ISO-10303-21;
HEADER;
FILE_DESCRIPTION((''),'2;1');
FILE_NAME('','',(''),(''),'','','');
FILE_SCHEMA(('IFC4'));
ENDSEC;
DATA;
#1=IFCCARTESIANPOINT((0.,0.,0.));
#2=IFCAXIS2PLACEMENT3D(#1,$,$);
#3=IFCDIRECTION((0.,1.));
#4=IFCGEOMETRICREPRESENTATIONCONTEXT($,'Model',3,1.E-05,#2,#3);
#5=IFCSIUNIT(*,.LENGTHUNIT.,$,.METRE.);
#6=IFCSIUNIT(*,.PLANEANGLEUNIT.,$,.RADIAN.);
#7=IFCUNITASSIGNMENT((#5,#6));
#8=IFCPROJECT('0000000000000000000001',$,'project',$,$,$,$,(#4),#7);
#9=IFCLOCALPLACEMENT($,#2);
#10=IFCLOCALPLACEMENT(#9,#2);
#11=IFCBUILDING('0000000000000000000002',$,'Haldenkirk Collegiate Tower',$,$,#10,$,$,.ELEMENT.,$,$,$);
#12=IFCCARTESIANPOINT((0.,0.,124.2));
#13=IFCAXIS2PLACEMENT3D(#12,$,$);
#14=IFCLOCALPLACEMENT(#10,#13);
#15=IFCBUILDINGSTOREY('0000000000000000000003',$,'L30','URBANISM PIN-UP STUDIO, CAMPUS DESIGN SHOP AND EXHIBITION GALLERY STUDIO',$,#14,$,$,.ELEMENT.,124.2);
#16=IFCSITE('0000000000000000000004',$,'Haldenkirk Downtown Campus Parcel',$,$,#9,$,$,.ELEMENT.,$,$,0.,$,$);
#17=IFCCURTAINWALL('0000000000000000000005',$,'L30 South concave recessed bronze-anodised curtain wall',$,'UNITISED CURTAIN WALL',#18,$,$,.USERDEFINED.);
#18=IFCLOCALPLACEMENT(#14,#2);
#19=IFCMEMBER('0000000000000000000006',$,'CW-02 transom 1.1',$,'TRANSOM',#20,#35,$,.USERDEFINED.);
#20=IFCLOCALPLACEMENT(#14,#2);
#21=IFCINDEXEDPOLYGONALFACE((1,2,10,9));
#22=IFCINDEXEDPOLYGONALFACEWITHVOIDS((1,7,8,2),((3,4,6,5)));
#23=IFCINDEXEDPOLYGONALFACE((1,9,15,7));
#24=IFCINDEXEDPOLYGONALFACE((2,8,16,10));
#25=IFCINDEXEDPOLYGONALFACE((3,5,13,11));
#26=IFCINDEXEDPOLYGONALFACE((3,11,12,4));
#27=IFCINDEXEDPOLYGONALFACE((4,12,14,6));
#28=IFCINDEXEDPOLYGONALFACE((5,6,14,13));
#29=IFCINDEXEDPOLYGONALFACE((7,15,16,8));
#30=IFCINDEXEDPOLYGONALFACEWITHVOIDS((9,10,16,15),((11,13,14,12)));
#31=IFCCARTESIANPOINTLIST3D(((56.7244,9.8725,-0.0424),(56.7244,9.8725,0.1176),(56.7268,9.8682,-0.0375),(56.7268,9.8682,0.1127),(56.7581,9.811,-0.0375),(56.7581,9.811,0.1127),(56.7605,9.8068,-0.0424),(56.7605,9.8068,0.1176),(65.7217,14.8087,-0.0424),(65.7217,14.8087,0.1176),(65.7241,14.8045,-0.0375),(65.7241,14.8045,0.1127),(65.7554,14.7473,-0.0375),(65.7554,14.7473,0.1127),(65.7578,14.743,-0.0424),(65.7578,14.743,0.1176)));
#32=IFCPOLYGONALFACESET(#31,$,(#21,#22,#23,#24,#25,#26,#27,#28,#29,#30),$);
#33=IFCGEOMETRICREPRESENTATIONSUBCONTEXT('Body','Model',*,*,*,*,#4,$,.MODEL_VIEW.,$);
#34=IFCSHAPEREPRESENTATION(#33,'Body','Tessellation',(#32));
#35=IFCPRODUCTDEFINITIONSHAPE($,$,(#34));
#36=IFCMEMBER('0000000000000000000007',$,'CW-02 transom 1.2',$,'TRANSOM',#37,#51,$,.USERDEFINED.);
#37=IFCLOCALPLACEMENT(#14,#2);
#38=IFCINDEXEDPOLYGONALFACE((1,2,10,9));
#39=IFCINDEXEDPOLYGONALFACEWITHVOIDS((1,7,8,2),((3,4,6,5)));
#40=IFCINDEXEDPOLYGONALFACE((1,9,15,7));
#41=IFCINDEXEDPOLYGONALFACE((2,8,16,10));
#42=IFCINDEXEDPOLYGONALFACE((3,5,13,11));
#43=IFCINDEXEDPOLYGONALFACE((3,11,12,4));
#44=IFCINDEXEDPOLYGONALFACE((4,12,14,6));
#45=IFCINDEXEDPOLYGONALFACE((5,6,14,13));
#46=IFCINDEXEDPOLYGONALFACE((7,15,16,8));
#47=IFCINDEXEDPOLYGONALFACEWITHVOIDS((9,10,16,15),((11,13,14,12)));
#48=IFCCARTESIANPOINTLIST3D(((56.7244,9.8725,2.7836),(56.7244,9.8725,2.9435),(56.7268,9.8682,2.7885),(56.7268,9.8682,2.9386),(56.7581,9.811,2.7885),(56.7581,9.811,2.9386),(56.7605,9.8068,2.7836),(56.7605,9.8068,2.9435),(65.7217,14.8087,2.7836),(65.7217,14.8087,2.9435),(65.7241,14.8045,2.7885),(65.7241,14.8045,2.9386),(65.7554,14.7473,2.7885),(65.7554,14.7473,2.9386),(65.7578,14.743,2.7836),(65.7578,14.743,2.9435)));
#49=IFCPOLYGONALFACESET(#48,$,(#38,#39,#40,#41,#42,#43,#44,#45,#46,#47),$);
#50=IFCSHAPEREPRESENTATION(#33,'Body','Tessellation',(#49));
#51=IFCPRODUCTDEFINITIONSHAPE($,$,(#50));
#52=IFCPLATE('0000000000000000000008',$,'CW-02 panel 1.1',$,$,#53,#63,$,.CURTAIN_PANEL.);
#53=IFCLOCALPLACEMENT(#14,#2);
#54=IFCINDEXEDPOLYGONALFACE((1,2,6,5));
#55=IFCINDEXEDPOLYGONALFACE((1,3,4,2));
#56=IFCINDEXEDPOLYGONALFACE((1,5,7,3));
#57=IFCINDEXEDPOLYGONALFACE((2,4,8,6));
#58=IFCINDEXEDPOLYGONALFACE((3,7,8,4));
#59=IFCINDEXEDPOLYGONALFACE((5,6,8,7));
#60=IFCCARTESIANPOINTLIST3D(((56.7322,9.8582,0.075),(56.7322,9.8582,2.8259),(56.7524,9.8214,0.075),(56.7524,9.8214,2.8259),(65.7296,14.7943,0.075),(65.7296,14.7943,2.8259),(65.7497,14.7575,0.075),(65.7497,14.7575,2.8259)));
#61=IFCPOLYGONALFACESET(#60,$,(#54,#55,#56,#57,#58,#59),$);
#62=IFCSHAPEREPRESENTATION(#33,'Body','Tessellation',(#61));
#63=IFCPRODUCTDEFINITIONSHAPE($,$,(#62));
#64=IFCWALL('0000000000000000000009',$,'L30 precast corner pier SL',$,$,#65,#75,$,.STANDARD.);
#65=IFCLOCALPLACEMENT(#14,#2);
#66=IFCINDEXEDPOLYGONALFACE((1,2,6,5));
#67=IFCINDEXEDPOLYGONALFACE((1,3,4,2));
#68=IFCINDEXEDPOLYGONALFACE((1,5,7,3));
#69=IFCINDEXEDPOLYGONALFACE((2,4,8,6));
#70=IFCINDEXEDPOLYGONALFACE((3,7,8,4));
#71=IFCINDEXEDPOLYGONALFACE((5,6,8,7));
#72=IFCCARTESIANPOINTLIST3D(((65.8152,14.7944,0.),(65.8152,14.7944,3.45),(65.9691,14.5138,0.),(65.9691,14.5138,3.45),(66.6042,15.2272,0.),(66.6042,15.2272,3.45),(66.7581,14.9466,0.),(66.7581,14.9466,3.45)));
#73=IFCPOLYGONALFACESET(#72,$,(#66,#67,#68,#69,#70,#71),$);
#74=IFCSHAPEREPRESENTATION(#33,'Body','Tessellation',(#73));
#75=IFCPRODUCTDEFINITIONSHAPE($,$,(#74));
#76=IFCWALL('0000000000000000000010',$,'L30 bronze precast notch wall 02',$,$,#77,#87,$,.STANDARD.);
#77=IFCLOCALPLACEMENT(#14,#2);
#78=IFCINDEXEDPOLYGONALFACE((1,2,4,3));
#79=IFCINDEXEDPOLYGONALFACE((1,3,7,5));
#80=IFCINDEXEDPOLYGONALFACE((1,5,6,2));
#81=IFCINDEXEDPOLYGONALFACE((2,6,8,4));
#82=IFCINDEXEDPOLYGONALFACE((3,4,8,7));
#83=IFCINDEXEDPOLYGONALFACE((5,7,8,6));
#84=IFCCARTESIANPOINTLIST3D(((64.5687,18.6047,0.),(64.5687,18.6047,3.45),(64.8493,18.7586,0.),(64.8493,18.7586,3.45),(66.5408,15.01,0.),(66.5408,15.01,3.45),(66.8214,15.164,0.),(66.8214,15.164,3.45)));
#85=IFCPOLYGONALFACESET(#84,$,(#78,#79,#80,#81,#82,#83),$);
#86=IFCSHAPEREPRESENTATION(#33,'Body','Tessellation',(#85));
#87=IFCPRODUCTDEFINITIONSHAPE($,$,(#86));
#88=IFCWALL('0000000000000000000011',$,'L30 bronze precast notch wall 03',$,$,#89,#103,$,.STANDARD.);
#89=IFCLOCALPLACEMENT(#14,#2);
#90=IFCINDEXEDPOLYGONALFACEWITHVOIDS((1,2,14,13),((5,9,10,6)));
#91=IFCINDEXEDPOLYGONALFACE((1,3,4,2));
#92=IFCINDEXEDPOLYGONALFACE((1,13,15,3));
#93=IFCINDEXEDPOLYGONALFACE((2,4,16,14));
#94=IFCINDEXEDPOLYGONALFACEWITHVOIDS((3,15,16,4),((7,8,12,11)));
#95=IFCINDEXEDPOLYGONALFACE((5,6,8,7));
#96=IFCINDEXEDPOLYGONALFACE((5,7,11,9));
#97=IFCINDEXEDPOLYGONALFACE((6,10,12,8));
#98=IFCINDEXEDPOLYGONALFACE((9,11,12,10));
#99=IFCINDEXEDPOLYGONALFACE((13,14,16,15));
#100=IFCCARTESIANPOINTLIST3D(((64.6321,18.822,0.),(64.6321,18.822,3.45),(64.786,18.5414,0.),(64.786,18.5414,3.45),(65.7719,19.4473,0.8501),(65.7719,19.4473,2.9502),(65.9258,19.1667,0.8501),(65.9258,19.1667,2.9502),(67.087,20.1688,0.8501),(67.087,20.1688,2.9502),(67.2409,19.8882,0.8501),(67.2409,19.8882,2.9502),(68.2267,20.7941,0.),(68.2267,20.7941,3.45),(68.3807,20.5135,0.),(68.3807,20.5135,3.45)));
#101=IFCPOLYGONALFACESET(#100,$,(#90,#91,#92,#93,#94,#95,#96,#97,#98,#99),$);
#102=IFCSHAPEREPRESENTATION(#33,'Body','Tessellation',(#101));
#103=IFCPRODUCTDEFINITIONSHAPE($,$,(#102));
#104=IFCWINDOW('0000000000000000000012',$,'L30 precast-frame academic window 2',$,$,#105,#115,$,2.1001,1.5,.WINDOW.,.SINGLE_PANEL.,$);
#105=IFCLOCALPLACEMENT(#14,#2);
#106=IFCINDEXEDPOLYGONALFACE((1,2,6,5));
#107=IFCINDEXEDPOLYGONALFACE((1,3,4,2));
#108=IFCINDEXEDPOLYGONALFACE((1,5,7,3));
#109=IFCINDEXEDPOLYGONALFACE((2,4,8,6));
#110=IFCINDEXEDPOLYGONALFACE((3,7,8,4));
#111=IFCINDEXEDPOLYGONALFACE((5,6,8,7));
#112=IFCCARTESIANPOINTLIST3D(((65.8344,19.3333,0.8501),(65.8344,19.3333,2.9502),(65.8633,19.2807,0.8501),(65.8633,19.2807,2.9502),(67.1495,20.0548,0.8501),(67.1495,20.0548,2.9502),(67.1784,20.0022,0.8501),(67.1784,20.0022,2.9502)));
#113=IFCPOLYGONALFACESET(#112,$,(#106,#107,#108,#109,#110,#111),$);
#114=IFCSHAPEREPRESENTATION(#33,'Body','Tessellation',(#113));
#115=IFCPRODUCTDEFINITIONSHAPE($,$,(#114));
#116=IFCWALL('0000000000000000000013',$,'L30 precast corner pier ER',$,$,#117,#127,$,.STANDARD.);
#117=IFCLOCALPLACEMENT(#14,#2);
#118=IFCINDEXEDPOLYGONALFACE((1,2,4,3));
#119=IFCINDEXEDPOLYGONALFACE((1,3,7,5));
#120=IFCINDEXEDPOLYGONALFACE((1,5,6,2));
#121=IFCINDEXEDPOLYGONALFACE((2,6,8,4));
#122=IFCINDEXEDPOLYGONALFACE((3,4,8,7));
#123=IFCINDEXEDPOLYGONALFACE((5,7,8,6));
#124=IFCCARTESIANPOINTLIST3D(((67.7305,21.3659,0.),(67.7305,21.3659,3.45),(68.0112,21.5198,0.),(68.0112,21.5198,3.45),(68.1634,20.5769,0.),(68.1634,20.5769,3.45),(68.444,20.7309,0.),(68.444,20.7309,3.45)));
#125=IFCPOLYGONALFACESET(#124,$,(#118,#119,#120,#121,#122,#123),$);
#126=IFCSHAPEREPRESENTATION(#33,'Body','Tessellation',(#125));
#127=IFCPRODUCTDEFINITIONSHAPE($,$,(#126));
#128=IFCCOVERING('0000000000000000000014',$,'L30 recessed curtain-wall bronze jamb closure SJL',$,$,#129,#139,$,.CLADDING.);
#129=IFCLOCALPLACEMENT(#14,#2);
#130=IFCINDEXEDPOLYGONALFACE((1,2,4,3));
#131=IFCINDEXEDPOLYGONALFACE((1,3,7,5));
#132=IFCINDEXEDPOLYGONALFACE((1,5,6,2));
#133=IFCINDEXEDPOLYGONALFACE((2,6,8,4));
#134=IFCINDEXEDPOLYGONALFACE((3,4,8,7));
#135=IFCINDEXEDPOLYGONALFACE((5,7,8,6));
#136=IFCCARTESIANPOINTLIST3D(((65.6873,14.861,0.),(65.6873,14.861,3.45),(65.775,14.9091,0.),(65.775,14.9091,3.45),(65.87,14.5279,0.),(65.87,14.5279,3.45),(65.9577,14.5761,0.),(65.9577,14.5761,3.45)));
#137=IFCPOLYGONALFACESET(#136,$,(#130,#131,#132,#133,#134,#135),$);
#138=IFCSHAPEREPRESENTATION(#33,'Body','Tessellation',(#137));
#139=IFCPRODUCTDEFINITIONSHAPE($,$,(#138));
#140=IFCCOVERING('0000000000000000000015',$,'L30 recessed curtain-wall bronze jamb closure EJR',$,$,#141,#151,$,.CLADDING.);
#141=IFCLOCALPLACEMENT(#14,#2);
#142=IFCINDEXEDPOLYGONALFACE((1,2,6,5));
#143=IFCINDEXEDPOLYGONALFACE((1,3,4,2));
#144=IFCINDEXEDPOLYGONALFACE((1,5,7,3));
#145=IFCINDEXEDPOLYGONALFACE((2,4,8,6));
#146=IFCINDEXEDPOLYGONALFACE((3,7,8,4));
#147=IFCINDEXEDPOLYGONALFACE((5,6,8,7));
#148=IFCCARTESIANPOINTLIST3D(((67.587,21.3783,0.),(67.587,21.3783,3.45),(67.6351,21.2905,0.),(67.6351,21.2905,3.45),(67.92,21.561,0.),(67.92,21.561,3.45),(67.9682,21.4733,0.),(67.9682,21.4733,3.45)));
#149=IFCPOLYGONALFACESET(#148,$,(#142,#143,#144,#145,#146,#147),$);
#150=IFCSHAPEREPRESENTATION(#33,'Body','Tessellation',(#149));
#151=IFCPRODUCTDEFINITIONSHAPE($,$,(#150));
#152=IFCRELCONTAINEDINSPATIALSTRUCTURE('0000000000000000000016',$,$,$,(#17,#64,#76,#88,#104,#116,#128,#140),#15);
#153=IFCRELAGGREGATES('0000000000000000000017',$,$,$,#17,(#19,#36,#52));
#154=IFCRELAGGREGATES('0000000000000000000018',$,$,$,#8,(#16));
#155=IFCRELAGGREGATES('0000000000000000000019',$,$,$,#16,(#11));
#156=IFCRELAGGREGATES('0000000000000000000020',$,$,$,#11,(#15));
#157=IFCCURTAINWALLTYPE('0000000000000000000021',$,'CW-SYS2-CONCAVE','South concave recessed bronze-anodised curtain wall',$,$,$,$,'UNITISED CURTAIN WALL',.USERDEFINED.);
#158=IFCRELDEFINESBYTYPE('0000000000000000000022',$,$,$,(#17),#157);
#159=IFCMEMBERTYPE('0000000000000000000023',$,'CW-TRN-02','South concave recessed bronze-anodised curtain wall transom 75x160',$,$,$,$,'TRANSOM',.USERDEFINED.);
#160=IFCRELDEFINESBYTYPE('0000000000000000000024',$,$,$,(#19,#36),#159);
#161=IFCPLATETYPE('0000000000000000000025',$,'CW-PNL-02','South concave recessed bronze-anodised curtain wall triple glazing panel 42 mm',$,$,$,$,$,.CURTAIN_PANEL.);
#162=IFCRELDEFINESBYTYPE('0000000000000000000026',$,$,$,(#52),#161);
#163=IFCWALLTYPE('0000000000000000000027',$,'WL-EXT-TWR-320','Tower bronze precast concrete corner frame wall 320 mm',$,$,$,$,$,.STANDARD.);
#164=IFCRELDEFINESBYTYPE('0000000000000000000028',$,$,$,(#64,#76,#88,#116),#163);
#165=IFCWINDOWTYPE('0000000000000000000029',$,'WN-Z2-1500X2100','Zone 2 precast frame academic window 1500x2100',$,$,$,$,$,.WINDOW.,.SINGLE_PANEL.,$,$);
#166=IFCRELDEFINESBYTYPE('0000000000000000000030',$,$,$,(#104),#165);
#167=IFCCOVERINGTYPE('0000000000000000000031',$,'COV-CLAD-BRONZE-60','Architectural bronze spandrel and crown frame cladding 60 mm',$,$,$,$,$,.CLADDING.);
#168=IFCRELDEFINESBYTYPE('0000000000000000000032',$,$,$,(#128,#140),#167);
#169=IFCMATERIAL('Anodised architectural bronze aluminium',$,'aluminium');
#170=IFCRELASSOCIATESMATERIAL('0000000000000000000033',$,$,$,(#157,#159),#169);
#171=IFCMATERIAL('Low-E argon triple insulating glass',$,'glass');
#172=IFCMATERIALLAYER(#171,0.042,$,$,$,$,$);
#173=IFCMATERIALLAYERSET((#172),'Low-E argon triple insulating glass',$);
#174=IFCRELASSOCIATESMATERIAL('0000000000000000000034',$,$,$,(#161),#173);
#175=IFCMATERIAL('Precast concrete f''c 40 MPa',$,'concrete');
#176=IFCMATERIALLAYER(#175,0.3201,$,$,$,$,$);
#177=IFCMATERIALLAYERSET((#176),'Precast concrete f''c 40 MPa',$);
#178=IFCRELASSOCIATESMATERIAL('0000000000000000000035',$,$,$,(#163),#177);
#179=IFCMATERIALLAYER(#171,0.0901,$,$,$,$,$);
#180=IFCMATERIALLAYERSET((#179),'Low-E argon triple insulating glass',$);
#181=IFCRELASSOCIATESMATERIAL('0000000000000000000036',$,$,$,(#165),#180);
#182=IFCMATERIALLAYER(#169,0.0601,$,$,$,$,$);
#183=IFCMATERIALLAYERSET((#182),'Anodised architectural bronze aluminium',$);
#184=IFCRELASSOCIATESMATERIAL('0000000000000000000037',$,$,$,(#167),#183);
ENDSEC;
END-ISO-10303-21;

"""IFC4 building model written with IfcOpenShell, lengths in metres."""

from ifc_helpers import new_model, si_unit, direction, frame, frame_2d, origin, origin_2d, place, context, subcontext, project, spatial, rectangle, hollow_rectangle, extrude, source, transform, mapped, material, layer, layer_set, material_profile, profile_set, type_object, element, fill, aggregate, save


model = new_model("IFC4")

# Units and contexts
model_context = context("Model", 3, precision=1e-05, world=origin(), true_north=direction((0.0, 1.0)))
body_context = subcontext(model_context, "Body", "Model", "MODEL_VIEW")
ifc_project = project(units=[si_unit("LENGTHUNIT", "METRE"), si_unit("PLANEANGLEUNIT", "RADIAN")], contexts=[model_context])

# Site, building, storey
site_placement = place(None, origin())
site = spatial("IfcSite", under=ifc_project, at=site_placement, Name="Haldenkirk Downtown Campus Parcel", CompositionType="ELEMENT", RefElevation=0.0)
building_placement = place(site_placement, origin())
building = spatial("IfcBuilding", under=site, at=building_placement, Name="Haldenkirk Collegiate Tower", CompositionType="ELEMENT")
storey_placement = place(building_placement, frame((0.0, 0.0, 124.2)))
storey = spatial("IfcBuildingStorey", under=building, at=storey_placement, Name="L30", Description="URBANISM PIN-UP STUDIO, CAMPUS DESIGN SHOP AND EXHIBITION GALLERY STUDIO", CompositionType="ELEMENT", Elevation=124.2)

# Curtain wall
ifc_material_1 = material(Name="Anodised architectural bronze aluminium", Category="aluminium")
curtain_wall_type_1 = type_object("IfcCurtainWallType", Name="CW-SYS2-CONCAVE", Description="South concave recessed bronze-anodised curtain wall", ElementType="UNITISED CURTAIN WALL", PredefinedType="USERDEFINED", material=ifc_material_1)
curtain_wall_1_placement = place(storey_placement, origin())
curtain_wall_1 = element("IfcCurtainWall", 1, at=curtain_wall_1_placement, inside=storey, type_object=curtain_wall_type_1, Name="L30 South concave recessed bronze-anodised curtain wall", ObjectType="UNITISED CURTAIN WALL", PredefinedType="USERDEFINED")

# Members
ifc_material_profile_1 = material_profile(ifc_material_1, hollow_rectangle(XDim=0.075, YDim=0.1599, WallThickness=0.0049, at=origin_2d()), Name="CW-TRN-02")
ifc_profile_set_1 = profile_set([ifc_material_profile_1], Name="Anodised architectural bronze aluminium")
member_type_1 = type_object("IfcMemberType", Name="CW-TRN-02", Description="South concave recessed bronze-anodised curtain wall transom 75x160", ElementType="TRANSOM", PredefinedType="USERDEFINED", material=ifc_profile_set_1)
member_1_placement = place(storey_placement, frame((65.7397, 14.7759, 0.0376), z_axis=(-0.876719, -0.481003, 0.0), x_axis=(0.481003, -0.876719, 0.0)))
member_1 = element("IfcMember", 2, at=member_1_placement, type_object=member_type_1, Name="CW-02 transom 1.1", ObjectType="TRANSOM", PredefinedType="USERDEFINED", context=body_context, shape_type="SweptSolid", body=[
    extrude(hollow_rectangle(XDim=0.075, YDim=0.1599, WallThickness=0.0049, at=origin_2d()), origin(), (0.0, 0.0, 1.0), 10.2625),
])
member_2_placement = place(storey_placement, frame((65.7397, 14.7759, 2.8635), z_axis=(-0.876719, -0.481003, 0.0), x_axis=(0.481003, -0.876719, 0.0)))
member_2 = element("IfcMember", 3, at=member_2_placement, type_object=member_type_1, Name="CW-02 transom 1.2", ObjectType="TRANSOM", PredefinedType="USERDEFINED", context=body_context, shape_type="SweptSolid", body=[
    extrude(hollow_rectangle(XDim=0.075, YDim=0.1599, WallThickness=0.0049, at=origin_2d()), origin(), (0.0, 0.0, 1.0), 10.2625),
])

# Plate
ifc_material_2 = material(Name="Low-E argon triple insulating glass", Category="glass")
ifc_layer_1 = layer(ifc_material_2, 0.042)
ifc_layer_set_1 = layer_set([ifc_layer_1], Name="Low-E argon triple insulating glass")
plate_type = type_object("IfcPlateType", Name="CW-PNL-02", Description="South concave recessed bronze-anodised curtain wall triple glazing panel 42 mm", PredefinedType="CURTAIN_PANEL", material=ifc_layer_set_1)
shared_shape_1 = source(origin(), body_context, "Body", "SweptSolid", [
    extrude(rectangle(XDim=10.2625, YDim=0.042, at=origin_2d()), origin(), (0.0, 0.0, 1.0), 2.751),
])
plate_placement = place(storey_placement, frame((61.241, 12.3079, 0.075), z_axis=(0.0, 0.0, 1.0), x_axis=(-0.876727, -0.480989, 0.0)))
plate = element("IfcPlate", 4, at=plate_placement, type_object=plate_type, Name="CW-02 panel 1.1", PredefinedType="CURTAIN_PANEL", context=body_context, shape_type="MappedRepresentation", body=[
    mapped(shared_shape_1, transform((0.0, 0.0, 0.0), x_axis=(1.0, 0.0, 0.0), y_axis=(0.0, 1.0, 0.0), z_axis=(0.0, 0.0, 1.0), scale=1.0)),
])
aggregate(curtain_wall_1, [member_1, member_2, plate])

# Walls
ifc_material_3 = material(Name="Precast concrete f'c 40 MPa", Category="concrete")
ifc_layer_2 = layer(ifc_material_3, 0.3201)
ifc_layer_set_2 = layer_set([ifc_layer_2], Name="Precast concrete f'c 40 MPa")
wall_type = type_object("IfcWallType", Name="WL-EXT-TWR-320", Description="Tower bronze precast concrete corner frame wall 320 mm", PredefinedType="STANDARD", material=ifc_layer_set_2)
wall_1_placement = place(storey_placement, frame((66.6812, 15.0869, 0.0), z_axis=(0.0, 0.0, 1.0), x_axis=(-0.876742, -0.48096, 0.0)))
element("IfcWall", 5, at=wall_1_placement, inside=storey, type_object=wall_type, Name="L30 precast corner pier SL", PredefinedType="STANDARD", context=body_context, shape_type="SweptSolid", body=[
    extrude(rectangle(XDim=0.8999, YDim=0.3201, at=frame_2d((0.45, 0.0))), origin(), (0.0, 0.0, 1.0), 3.45),
])
wall_2_placement = place(storey_placement, frame((64.709, 18.6816, 0.0), z_axis=(0.0, 0.0, 1.0), x_axis=(0.480995, -0.876723, 0.0)))
element("IfcWall", 6, at=wall_2_placement, inside=storey, type_object=wall_type, Name="L30 bronze precast notch wall 02", PredefinedType="STANDARD", context=body_context, shape_type="SweptSolid", body=[
    extrude(rectangle(XDim=4.1001, YDim=0.3201, at=frame_2d((2.05, 0.0))), origin(), (0.0, 0.0, 1.0), 3.45),
])

# Wall, opening, window
wall_3_placement = place(storey_placement, frame((68.3037, 20.6538, 0.0), z_axis=(0.0, 0.0, 1.0), x_axis=(-0.876723, -0.480995, 0.0)))
wall_3 = element("IfcWall", 7, at=wall_3_placement, inside=storey, type_object=wall_type, Name="L30 bronze precast notch wall 03", PredefinedType="STANDARD", context=body_context, shape_type="SweptSolid", body=[
    extrude(rectangle(XDim=4.1001, YDim=0.3201, at=frame_2d((2.05, 0.0))), origin(), (0.0, 0.0, 1.0), 3.45),
])
opening_placement = place(wall_3_placement, frame((1.3, 0.0, 0.8501)))
opening = element("IfcOpeningElement", 8, at=opening_placement, cuts=wall_3, PredefinedType="OPENING", context=body_context, shape_type="SweptSolid", body=[
    extrude(rectangle(XDim=1.5, YDim=2.1001, at=frame_2d((0.75, 1.05))), frame((0.0, 0.1699, 0.0), z_axis=(0.0, -1.0, 0.0), x_axis=(1.0, 0.0, 0.0)), (0.0, 0.0, 1.0), 0.3401),
])
ifc_layer_3 = layer(ifc_material_2, 0.0901)
ifc_layer_set_3 = layer_set([ifc_layer_3], Name="Low-E argon triple insulating glass")
window_type = type_object("IfcWindowType", Name="WN-Z2-1500X2100", Description="Zone 2 precast frame academic window 1500x2100", PartitioningType="SINGLE_PANEL", PredefinedType="WINDOW", material=ifc_layer_set_3)
window_placement = place(opening_placement, origin())
window = element("IfcWindow", 9, at=window_placement, inside=storey, type_object=window_type, Name="L30 precast-frame academic window 2", OverallHeight=2.1001, OverallWidth=1.5, PartitioningType="SINGLE_PANEL", PredefinedType="WINDOW", context=body_context, shape_type="SweptSolid", body=[
    extrude(rectangle(XDim=1.5, YDim=2.1001, at=frame_2d((0.75, 1.05))), frame((0.0, 0.03, 0.0), z_axis=(0.0, -1.0, 0.0), x_axis=(1.0, 0.0, 0.0)), (0.0, 0.0, 1.0), 0.0601),
])
fill(opening, window)

# Wall
wall_4_placement = place(storey_placement, frame((67.8708, 21.4429, 0.0), z_axis=(0.0, 0.0, 1.0), x_axis=(0.48096, -0.876742, 0.0)))
element("IfcWall", 10, at=wall_4_placement, inside=storey, type_object=wall_type, Name="L30 precast corner pier ER", PredefinedType="STANDARD", context=body_context, shape_type="SweptSolid", body=[
    extrude(rectangle(XDim=0.8999, YDim=0.3201, at=frame_2d((0.45, 0.0))), origin(), (0.0, 0.0, 1.0), 3.45),
])

# Coverings
ifc_layer_4 = layer(ifc_material_1, 0.0601)
ifc_layer_set_4 = layer_set([ifc_layer_4], Name="Anodised architectural bronze aluminium")
covering_type = type_object("IfcCoveringType", Name="COV-CLAD-BRONZE-60", Description="Architectural bronze spandrel and crown frame cladding 60 mm", PredefinedType="CLADDING", material=ifc_layer_set_4)
shared_shape_2 = source(origin(), body_context, "Body", "SweptSolid", [
    extrude(rectangle(XDim=0.1001, YDim=0.3799, at=origin_2d()), origin(), (0.0, 0.0, 1.0), 3.45),
])
for number, where, z_axis, x_axis, name in (
    (11, (65.8225, 14.7185, 0.0), (0.0, 0.0, 1.0), (-0.876727, -0.480989, 0.0), "L30 recessed curtain-wall bronze jamb closure SJL"),
    (12, (67.7776, 21.4258, 0.0), (0.0, 0.0, 1.0), (0.480989, -0.876727, 0.0), "L30 recessed curtain-wall bronze jamb closure EJR"),
):
    element("IfcCovering", number, at=place(storey_placement, frame(where, z_axis=z_axis, x_axis=x_axis)), inside=storey, type_object=covering_type, Name=name, PredefinedType="CLADDING", context=body_context, shape_type="MappedRepresentation", body=[
        mapped(shared_shape_2, transform((0.0, 0.0, 0.0), x_axis=(1.0, 0.0, 0.0), y_axis=(0.0, 1.0, 0.0), z_axis=(0.0, 0.0, 1.0), scale=1.0)),
    ])

save(model, "model.ifc")
